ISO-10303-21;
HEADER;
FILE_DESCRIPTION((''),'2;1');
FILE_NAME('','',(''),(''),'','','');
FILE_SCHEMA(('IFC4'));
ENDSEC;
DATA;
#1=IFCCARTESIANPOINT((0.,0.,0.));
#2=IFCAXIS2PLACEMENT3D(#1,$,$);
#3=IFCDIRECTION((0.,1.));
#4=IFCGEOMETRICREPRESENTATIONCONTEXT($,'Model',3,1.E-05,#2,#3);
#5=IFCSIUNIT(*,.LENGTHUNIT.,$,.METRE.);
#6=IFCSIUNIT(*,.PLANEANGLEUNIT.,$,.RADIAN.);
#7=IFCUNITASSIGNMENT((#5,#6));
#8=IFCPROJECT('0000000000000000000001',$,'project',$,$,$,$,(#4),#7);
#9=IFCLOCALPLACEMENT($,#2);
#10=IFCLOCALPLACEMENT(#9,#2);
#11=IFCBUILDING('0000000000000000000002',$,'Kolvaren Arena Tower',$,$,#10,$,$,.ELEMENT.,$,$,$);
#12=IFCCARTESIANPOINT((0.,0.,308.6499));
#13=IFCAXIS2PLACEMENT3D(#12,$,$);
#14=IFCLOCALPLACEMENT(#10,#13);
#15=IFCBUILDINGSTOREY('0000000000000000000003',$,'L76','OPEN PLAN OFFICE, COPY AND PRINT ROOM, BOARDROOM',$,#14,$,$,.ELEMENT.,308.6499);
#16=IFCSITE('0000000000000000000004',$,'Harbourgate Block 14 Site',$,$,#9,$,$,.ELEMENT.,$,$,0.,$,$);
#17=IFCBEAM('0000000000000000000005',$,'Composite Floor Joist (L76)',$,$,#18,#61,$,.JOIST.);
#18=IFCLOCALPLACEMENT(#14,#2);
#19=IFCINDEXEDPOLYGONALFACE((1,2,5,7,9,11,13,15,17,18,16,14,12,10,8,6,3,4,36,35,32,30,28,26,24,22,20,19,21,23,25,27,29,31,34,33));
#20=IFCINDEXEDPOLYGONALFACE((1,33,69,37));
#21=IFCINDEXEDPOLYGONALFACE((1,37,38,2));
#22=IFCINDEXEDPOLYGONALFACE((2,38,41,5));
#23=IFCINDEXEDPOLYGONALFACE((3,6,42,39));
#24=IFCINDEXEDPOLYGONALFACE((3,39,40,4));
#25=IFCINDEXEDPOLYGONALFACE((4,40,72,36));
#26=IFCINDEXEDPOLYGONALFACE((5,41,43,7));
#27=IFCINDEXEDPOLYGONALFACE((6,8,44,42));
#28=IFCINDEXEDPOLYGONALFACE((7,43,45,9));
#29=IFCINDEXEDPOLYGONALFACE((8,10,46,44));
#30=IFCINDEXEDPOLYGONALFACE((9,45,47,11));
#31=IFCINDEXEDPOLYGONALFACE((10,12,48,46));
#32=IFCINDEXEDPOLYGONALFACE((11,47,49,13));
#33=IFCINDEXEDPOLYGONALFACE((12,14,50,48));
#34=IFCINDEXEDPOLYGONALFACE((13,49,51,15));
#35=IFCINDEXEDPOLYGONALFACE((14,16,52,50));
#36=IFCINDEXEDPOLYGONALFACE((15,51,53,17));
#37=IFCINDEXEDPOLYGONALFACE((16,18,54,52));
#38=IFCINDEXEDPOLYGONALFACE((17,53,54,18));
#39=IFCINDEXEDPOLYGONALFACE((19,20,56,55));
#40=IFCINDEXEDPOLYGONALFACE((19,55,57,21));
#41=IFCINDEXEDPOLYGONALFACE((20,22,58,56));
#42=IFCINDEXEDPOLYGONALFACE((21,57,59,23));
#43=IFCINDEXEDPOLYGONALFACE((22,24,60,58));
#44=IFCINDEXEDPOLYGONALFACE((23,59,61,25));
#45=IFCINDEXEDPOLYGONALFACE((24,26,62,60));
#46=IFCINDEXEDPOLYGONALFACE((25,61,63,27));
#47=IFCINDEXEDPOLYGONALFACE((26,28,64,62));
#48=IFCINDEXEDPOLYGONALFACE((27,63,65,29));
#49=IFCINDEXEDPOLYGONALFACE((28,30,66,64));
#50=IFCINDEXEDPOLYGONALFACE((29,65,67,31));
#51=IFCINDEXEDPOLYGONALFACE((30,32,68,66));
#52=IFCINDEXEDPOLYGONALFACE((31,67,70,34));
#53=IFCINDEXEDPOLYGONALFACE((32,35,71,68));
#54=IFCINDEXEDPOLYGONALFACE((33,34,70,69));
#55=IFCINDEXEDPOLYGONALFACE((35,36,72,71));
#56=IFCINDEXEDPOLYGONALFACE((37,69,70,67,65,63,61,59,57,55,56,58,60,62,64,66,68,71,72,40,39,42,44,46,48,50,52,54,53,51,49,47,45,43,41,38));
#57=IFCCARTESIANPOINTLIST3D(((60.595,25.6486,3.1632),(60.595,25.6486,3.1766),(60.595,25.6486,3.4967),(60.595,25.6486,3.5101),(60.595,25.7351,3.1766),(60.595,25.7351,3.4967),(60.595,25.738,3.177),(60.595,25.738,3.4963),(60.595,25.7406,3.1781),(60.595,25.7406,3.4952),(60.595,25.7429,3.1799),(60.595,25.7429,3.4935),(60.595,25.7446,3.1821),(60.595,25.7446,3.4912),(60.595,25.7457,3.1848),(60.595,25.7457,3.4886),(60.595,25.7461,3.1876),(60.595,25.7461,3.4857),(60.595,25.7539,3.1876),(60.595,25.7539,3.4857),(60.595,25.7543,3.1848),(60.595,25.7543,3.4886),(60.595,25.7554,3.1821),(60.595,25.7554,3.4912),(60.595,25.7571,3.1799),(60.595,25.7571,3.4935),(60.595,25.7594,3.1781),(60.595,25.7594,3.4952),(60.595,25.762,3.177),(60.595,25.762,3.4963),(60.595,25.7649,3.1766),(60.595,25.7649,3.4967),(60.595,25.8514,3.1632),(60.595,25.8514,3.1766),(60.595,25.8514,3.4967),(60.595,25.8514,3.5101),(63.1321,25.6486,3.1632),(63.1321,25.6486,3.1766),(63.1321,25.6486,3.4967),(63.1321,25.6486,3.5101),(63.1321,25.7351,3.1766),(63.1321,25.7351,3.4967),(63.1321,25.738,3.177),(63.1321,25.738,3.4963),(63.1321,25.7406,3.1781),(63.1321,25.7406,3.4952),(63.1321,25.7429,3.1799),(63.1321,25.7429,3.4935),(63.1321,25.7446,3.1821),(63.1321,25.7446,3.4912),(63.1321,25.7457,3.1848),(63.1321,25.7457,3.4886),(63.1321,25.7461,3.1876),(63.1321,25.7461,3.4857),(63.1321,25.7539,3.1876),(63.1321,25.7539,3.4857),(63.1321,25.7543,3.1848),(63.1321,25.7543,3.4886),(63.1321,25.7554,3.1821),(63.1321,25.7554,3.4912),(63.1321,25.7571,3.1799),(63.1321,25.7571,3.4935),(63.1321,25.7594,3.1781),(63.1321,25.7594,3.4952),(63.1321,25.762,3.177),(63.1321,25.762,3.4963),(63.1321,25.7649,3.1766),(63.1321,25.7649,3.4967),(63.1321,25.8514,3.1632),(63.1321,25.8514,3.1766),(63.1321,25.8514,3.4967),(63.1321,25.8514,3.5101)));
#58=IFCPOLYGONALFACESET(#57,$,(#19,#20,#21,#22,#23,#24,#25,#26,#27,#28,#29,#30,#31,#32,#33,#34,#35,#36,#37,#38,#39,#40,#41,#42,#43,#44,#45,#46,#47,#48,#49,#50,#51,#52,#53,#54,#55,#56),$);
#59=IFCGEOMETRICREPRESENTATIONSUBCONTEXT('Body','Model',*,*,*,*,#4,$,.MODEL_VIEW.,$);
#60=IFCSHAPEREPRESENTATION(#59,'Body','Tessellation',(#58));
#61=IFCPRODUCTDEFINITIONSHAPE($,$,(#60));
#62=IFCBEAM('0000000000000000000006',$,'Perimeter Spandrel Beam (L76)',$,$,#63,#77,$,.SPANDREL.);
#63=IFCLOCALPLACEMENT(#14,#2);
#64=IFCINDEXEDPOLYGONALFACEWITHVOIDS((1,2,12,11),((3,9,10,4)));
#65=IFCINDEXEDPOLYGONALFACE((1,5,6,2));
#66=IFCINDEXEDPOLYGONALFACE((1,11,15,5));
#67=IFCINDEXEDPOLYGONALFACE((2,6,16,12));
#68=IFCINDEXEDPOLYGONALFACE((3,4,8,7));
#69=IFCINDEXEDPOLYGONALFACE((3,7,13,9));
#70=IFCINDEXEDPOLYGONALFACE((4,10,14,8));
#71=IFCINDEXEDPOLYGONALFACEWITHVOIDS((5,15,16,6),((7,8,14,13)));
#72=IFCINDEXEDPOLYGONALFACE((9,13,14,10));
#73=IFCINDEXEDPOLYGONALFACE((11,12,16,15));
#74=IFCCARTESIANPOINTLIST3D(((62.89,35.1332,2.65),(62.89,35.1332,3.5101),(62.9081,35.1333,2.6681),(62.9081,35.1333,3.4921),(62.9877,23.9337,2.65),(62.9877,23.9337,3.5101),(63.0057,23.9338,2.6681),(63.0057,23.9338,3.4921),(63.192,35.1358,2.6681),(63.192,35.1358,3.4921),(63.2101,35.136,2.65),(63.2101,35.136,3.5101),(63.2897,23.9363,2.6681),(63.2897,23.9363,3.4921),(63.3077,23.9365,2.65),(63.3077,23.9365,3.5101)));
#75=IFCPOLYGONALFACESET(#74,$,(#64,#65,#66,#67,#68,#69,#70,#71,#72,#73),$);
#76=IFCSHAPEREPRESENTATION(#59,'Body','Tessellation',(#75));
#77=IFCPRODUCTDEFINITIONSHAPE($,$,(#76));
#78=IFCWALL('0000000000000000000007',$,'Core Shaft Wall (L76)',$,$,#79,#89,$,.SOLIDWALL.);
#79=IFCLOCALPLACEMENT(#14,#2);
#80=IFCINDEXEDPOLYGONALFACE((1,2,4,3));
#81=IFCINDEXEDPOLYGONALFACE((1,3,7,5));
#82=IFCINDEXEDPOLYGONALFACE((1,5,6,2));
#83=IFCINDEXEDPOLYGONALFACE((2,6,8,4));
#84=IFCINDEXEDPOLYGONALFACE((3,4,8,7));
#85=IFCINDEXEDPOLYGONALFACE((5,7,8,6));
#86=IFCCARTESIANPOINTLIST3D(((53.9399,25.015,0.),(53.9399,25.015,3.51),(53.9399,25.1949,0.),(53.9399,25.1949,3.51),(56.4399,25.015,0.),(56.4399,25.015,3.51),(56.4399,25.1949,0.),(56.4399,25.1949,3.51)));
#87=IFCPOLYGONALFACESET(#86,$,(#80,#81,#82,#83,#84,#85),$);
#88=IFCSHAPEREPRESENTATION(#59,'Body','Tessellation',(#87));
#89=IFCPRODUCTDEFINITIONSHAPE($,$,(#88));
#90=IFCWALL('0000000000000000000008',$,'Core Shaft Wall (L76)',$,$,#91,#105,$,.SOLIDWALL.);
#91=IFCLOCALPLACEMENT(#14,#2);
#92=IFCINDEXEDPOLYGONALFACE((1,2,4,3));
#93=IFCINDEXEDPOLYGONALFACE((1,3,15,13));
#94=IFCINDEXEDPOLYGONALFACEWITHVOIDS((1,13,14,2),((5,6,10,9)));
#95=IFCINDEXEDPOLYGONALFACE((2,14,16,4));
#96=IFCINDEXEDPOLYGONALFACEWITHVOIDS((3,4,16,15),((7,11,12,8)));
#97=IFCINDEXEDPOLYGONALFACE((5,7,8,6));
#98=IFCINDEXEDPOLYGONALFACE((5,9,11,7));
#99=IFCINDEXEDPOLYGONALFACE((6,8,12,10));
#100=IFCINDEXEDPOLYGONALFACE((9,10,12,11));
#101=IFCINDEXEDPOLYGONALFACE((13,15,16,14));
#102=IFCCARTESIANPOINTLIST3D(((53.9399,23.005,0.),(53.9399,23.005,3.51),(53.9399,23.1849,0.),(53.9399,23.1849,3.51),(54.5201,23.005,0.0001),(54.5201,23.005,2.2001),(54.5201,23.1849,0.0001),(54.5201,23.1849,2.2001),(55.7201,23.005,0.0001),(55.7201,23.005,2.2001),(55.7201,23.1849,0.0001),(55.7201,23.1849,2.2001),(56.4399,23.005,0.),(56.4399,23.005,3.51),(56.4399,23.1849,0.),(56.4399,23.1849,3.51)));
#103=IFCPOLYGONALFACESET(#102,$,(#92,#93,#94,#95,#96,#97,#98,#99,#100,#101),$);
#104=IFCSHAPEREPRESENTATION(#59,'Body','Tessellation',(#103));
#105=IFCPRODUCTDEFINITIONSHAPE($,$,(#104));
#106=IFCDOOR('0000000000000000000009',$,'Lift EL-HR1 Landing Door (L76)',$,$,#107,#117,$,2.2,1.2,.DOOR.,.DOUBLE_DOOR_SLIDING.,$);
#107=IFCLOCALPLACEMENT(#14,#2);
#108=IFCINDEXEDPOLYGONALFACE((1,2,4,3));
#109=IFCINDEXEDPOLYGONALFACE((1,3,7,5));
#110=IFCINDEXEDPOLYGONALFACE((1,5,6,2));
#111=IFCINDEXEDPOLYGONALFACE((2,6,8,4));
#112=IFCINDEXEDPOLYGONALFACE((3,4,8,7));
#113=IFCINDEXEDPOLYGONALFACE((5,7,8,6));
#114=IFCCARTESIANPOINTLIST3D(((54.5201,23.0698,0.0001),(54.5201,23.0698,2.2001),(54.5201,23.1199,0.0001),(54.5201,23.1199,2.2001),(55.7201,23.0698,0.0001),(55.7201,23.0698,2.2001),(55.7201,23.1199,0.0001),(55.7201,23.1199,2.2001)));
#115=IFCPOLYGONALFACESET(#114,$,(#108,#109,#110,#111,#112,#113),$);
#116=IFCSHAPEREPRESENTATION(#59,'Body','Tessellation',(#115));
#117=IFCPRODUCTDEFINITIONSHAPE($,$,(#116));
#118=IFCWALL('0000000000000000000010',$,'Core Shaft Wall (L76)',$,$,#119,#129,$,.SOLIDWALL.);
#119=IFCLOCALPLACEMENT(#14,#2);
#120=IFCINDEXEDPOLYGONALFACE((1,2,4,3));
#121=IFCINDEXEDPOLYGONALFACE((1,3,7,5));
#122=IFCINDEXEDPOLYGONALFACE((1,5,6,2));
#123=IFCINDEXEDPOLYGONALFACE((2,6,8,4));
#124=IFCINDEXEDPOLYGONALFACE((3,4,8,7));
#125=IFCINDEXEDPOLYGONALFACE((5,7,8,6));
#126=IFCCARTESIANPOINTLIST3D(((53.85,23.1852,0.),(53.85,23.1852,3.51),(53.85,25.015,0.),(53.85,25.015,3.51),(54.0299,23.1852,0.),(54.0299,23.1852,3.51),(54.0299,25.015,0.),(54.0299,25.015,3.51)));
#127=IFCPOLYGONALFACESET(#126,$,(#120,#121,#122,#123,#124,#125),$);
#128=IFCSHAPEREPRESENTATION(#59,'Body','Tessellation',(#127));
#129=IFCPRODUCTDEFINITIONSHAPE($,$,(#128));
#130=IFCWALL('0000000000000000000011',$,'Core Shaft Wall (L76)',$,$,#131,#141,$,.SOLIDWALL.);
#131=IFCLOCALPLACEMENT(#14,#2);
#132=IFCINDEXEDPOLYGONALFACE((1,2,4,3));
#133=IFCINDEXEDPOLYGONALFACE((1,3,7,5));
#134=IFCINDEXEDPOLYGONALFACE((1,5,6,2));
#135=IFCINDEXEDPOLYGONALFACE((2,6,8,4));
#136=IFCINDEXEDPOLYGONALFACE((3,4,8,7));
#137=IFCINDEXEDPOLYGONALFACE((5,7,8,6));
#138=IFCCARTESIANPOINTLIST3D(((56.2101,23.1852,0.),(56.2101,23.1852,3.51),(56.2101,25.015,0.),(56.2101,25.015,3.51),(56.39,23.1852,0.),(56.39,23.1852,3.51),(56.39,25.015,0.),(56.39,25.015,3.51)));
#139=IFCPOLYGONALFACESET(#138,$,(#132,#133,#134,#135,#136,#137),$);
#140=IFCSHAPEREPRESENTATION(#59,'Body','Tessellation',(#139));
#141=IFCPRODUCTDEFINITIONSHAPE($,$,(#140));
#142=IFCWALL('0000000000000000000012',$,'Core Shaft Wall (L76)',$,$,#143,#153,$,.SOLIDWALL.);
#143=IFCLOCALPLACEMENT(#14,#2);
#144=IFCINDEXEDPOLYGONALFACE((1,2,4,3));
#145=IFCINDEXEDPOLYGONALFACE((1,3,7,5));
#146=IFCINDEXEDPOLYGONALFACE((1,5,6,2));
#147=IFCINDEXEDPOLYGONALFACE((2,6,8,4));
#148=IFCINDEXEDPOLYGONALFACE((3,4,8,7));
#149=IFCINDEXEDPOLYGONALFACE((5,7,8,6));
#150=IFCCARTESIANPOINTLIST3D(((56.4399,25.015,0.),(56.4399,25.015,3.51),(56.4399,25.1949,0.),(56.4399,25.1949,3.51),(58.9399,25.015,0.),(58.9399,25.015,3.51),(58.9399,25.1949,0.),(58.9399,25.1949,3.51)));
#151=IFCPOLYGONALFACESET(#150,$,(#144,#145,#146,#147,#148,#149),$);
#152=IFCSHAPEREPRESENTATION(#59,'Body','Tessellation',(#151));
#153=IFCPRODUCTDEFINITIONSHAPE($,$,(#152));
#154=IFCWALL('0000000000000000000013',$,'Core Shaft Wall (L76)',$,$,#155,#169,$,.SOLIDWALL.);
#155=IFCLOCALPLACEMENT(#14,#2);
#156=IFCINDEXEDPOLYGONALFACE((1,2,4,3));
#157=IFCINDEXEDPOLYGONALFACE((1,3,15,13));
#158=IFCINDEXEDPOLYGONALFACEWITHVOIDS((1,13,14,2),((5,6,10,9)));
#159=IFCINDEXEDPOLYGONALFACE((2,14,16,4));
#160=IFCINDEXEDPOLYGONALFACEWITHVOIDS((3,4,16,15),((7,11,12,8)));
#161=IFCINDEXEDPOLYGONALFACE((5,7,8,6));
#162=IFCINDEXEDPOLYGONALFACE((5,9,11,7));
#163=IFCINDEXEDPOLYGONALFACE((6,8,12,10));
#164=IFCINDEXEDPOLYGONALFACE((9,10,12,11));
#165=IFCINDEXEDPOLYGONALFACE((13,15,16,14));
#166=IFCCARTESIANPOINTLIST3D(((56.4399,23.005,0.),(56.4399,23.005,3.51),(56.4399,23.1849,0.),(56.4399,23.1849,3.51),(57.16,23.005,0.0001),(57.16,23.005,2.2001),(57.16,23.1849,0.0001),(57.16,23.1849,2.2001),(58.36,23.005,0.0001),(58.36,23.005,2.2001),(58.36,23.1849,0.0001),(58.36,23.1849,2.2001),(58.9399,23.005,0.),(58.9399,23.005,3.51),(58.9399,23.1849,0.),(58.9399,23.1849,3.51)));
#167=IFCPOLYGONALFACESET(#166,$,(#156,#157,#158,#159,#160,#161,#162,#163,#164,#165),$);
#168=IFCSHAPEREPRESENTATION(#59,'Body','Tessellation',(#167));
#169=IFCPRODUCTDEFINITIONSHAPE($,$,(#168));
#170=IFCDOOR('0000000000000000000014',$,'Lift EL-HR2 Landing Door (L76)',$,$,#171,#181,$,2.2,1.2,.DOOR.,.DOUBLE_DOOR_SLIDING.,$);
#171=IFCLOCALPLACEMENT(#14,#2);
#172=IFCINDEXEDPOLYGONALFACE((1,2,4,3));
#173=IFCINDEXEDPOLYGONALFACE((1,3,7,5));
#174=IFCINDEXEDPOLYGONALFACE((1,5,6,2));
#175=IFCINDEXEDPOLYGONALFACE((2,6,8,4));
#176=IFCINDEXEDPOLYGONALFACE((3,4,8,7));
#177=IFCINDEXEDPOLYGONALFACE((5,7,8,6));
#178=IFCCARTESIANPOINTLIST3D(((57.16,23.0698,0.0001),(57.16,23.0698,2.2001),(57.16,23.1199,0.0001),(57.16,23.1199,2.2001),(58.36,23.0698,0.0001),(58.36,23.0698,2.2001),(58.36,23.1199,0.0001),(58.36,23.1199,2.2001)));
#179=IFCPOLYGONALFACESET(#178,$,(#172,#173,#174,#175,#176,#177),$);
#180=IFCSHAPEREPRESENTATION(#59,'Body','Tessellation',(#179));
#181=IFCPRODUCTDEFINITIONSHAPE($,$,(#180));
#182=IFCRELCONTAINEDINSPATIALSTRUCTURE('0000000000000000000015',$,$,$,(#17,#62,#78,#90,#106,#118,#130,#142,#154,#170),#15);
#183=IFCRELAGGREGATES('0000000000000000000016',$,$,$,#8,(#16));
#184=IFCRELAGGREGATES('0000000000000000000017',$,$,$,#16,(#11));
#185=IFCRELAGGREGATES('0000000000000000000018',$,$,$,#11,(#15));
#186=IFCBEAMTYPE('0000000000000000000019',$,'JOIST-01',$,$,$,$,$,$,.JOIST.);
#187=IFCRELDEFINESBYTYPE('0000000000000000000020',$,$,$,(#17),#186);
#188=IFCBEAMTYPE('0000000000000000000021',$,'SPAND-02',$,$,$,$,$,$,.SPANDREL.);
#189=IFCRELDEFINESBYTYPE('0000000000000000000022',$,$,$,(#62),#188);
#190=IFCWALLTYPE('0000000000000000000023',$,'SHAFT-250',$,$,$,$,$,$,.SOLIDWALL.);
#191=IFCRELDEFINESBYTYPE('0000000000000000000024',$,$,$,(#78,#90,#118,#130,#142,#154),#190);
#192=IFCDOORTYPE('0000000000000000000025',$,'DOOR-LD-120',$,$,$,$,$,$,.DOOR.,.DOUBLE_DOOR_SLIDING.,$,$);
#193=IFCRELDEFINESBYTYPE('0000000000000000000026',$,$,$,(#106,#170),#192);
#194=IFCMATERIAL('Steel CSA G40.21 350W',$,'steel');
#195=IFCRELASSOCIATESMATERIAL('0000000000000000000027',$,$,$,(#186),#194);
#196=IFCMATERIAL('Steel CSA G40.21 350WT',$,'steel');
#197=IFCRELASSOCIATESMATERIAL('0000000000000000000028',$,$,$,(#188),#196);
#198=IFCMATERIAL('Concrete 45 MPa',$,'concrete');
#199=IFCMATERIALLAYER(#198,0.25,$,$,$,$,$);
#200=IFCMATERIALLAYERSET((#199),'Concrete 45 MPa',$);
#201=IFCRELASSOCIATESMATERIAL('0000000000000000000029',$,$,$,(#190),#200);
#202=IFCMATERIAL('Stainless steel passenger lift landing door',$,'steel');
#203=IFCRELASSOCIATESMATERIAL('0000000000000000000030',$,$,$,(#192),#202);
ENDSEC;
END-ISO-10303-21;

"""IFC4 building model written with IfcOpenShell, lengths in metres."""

from ifc_helpers import new_model, si_unit, direction, frame, frame_2d, origin, origin_2d, place, context, subcontext, project, spatial, rectangle, hollow_rectangle, i_section, extrude, material, layer, layer_set, material_profile, profile_set, type_object, element, fill, save


model = new_model("IFC4")

# Units and contexts
model_context = context("Model", 3, precision=1e-05, world=origin(), true_north=direction((0.0, 1.0)))
body_context = subcontext(model_context, "Body", "Model", "MODEL_VIEW")
ifc_project = project(units=[si_unit("LENGTHUNIT", "METRE"), si_unit("PLANEANGLEUNIT", "RADIAN")], contexts=[model_context])

# Site, building, storey
site_placement = place(None, origin())
site = spatial("IfcSite", under=ifc_project, at=site_placement, Name="Harbourgate Block 14 Site", CompositionType="ELEMENT", RefElevation=0.0)
building_placement = place(site_placement, origin())
building = spatial("IfcBuilding", under=site, at=building_placement, Name="Kolvaren Arena Tower", CompositionType="ELEMENT")
storey_placement = place(building_placement, frame((0.0, 0.0, 308.6499)))
storey = spatial("IfcBuildingStorey", under=building, at=storey_placement, Name="L76", Description="OPEN PLAN OFFICE, COPY AND PRINT ROOM, BOARDROOM", CompositionType="ELEMENT", Elevation=308.6499)

# Beams
ifc_material_1 = material(Name="Steel CSA G40.21 350W", Category="steel")
ifc_material_profile_1 = material_profile(ifc_material_1, i_section(OverallWidth=0.2029, OverallDepth=0.3469, WebThickness=0.0078, FlangeThickness=0.0134, FilletRadius=0.011, at=origin_2d()), Name="W360x64")
ifc_profile_set_1 = profile_set([ifc_material_profile_1], Name="Steel CSA G40.21 350W")
beam_type_1 = type_object("IfcBeamType", Name="JOIST-01", PredefinedType="JOIST", material=ifc_profile_set_1)
beam_1_placement = place(storey_placement, frame((60.595, 25.75, 3.3367), z_axis=(1.0, 0.0, 0.0), x_axis=(0.0, 1.0, 0.0)))
element("IfcBeam", 1, at=beam_1_placement, inside=storey, type_object=beam_type_1, Name="Composite Floor Joist (L76)", PredefinedType="JOIST", context=body_context, shape_type="SweptSolid", body=[
    extrude(i_section(OverallWidth=0.2029, OverallDepth=0.3469, WebThickness=0.0078, FlangeThickness=0.0134, FilletRadius=0.011, at=origin_2d()), origin(), (0.0, 0.0, 1.0), 2.5371),
])
ifc_material_2 = material(Name="Steel CSA G40.21 350WT", Category="steel")
ifc_material_profile_2 = material_profile(ifc_material_2, hollow_rectangle(XDim=0.3201, YDim=0.8601, WallThickness=0.0181, at=origin_2d()), Name="HSS 860x320x18")
ifc_profile_set_2 = profile_set([ifc_material_profile_2], Name="Steel CSA G40.21 350WT")
beam_type_2 = type_object("IfcBeamType", Name="SPAND-02", PredefinedType="SPANDREL", material=ifc_profile_set_2)
beam_2_placement = place(storey_placement, frame((63.1477, 23.9351, 3.0801), z_axis=(-0.008719, 0.999962, 0.0), x_axis=(-0.999962, -0.008719, 0.0)))
element("IfcBeam", 2, at=beam_2_placement, inside=storey, type_object=beam_type_2, Name="Perimeter Spandrel Beam (L76)", PredefinedType="SPANDREL", context=body_context, shape_type="SweptSolid", body=[
    extrude(hollow_rectangle(XDim=0.3201, YDim=0.8601, WallThickness=0.0181, at=origin_2d()), origin(), (0.0, 0.0, 1.0), 11.2),
])

# Wall
ifc_material_3 = material(Name="Concrete 45 MPa", Category="concrete")
ifc_layer = layer(ifc_material_3, 0.25)
ifc_layer_set = layer_set([ifc_layer], Name="Concrete 45 MPa")
wall_type = type_object("IfcWallType", Name="SHAFT-250", PredefinedType="SOLIDWALL", material=ifc_layer_set)
wall_1_placement = place(storey_placement, frame((53.9399, 25.105, 0.0), z_axis=(0.0, 0.0, 1.0), x_axis=(1.0, 0.0, 0.0)))
element("IfcWall", 3, at=wall_1_placement, inside=storey, type_object=wall_type, Name="Core Shaft Wall (L76)", PredefinedType="SOLIDWALL", context=body_context, shape_type="SweptSolid", body=[
    extrude(rectangle(XDim=2.5, YDim=0.1799, at=frame_2d((1.25, 0.0))), origin(), (0.0, 0.0, 1.0), 3.51),
])

# Wall, opening, door
wall_2_placement = place(storey_placement, frame((53.9399, 23.095, 0.0), z_axis=(0.0, 0.0, 1.0), x_axis=(1.0, 0.0, 0.0)))
wall_2 = element("IfcWall", 4, at=wall_2_placement, inside=storey, type_object=wall_type, Name="Core Shaft Wall (L76)", PredefinedType="SOLIDWALL", context=body_context, shape_type="SweptSolid", body=[
    extrude(rectangle(XDim=2.5, YDim=0.1799, at=frame_2d((1.25, 0.0))), origin(), (0.0, 0.0, 1.0), 3.51),
])
opening_1_placement = place(wall_2_placement, frame((0.5801, 0.0, 0.0)))
opening_1 = element("IfcOpeningElement", 5, at=opening_1_placement, cuts=wall_2, PredefinedType="OPENING", context=body_context, shape_type="SweptSolid", body=[
    extrude(rectangle(XDim=1.2, YDim=2.2, at=frame_2d((0.6001, 1.1001))), frame((0.0, 0.0999, 0.0), z_axis=(0.0, -1.0, 0.0), x_axis=(1.0, 0.0, 0.0)), (0.0, 0.0, 1.0), 0.2),
])
ifc_material_4 = material(Name="Stainless steel passenger lift landing door", Category="steel")
door_type = type_object("IfcDoorType", Name="DOOR-LD-120", OperationType="DOUBLE_DOOR_SLIDING", PredefinedType="DOOR", material=ifc_material_4)
door_1_placement = place(opening_1_placement, origin())
door_1 = element("IfcDoor", 6, at=door_1_placement, inside=storey, type_object=door_type, Name="Lift EL-HR1 Landing Door (L76)", OperationType="DOUBLE_DOOR_SLIDING", OverallHeight=2.2, OverallWidth=1.2, PredefinedType="DOOR", context=body_context, shape_type="SweptSolid", body=[
    extrude(rectangle(XDim=1.2, YDim=2.2, at=frame_2d((0.6001, 1.1001))), frame((0.0, 0.0249, 0.0), z_axis=(0.0, -1.0, 0.0), x_axis=(1.0, 0.0, 0.0)), (0.0, 0.0, 1.0), 0.05),
])
fill(opening_1, door_1)

# Walls
for number, where, z_axis, x_axis, name in (
    (7, (53.9399, 23.1851, 0.0), (0.0, 0.0, 1.0), (0.0, 1.0, 0.0), "Core Shaft Wall (L76)"),
    (8, (56.3, 23.1851, 0.0), (0.0, 0.0, 1.0), (0.0, 1.0, 0.0), "Core Shaft Wall (L76)"),
):
    element("IfcWall", number, at=place(storey_placement, frame(where, z_axis=z_axis, x_axis=x_axis)), inside=storey, type_object=wall_type, Name=name, PredefinedType="SOLIDWALL", context=body_context, shape_type="SweptSolid", body=[
        extrude(rectangle(XDim=1.8298, YDim=0.1799, at=frame_2d((0.915, 0.0))), origin(), (0.0, 0.0, 1.0), 3.51),
    ])
wall_3_placement = place(storey_placement, frame((56.4399, 25.105, 0.0), z_axis=(0.0, 0.0, 1.0), x_axis=(1.0, 0.0, 0.0)))
element("IfcWall", 9, at=wall_3_placement, inside=storey, type_object=wall_type, Name="Core Shaft Wall (L76)", PredefinedType="SOLIDWALL", context=body_context, shape_type="SweptSolid", body=[
    extrude(rectangle(XDim=2.5, YDim=0.1799, at=frame_2d((1.25, 0.0))), origin(), (0.0, 0.0, 1.0), 3.51),
])

# Wall, opening, door
wall_4_placement = place(storey_placement, frame((56.4399, 23.095, 0.0), z_axis=(0.0, 0.0, 1.0), x_axis=(1.0, 0.0, 0.0)))
wall_4 = element("IfcWall", 10, at=wall_4_placement, inside=storey, type_object=wall_type, Name="Core Shaft Wall (L76)", PredefinedType="SOLIDWALL", context=body_context, shape_type="SweptSolid", body=[
    extrude(rectangle(XDim=2.5, YDim=0.1799, at=frame_2d((1.25, 0.0))), origin(), (0.0, 0.0, 1.0), 3.51),
])
opening_2_placement = place(wall_4_placement, frame((0.72, 0.0, 0.0)))
opening_2 = element("IfcOpeningElement", 11, at=opening_2_placement, cuts=wall_4, PredefinedType="OPENING", context=body_context, shape_type="SweptSolid", body=[
    extrude(rectangle(XDim=1.2, YDim=2.2, at=frame_2d((0.6001, 1.1001))), frame((0.0, 0.0999, 0.0), z_axis=(0.0, -1.0, 0.0), x_axis=(1.0, 0.0, 0.0)), (0.0, 0.0, 1.0), 0.2),
])
door_2_placement = place(opening_2_placement, origin())
door_2 = element("IfcDoor", 12, at=door_2_placement, inside=storey, type_object=door_type, Name="Lift EL-HR2 Landing Door (L76)", OperationType="DOUBLE_DOOR_SLIDING", OverallHeight=2.2, OverallWidth=1.2, PredefinedType="DOOR", context=body_context, shape_type="SweptSolid", body=[
    extrude(rectangle(XDim=1.2, YDim=2.2, at=frame_2d((0.6001, 1.1001))), frame((0.0, 0.0249, 0.0), z_axis=(0.0, -1.0, 0.0), x_axis=(1.0, 0.0, 0.0)), (0.0, 0.0, 1.0), 0.05),
])
fill(opening_2, door_2)

save(model, "model.ifc")
